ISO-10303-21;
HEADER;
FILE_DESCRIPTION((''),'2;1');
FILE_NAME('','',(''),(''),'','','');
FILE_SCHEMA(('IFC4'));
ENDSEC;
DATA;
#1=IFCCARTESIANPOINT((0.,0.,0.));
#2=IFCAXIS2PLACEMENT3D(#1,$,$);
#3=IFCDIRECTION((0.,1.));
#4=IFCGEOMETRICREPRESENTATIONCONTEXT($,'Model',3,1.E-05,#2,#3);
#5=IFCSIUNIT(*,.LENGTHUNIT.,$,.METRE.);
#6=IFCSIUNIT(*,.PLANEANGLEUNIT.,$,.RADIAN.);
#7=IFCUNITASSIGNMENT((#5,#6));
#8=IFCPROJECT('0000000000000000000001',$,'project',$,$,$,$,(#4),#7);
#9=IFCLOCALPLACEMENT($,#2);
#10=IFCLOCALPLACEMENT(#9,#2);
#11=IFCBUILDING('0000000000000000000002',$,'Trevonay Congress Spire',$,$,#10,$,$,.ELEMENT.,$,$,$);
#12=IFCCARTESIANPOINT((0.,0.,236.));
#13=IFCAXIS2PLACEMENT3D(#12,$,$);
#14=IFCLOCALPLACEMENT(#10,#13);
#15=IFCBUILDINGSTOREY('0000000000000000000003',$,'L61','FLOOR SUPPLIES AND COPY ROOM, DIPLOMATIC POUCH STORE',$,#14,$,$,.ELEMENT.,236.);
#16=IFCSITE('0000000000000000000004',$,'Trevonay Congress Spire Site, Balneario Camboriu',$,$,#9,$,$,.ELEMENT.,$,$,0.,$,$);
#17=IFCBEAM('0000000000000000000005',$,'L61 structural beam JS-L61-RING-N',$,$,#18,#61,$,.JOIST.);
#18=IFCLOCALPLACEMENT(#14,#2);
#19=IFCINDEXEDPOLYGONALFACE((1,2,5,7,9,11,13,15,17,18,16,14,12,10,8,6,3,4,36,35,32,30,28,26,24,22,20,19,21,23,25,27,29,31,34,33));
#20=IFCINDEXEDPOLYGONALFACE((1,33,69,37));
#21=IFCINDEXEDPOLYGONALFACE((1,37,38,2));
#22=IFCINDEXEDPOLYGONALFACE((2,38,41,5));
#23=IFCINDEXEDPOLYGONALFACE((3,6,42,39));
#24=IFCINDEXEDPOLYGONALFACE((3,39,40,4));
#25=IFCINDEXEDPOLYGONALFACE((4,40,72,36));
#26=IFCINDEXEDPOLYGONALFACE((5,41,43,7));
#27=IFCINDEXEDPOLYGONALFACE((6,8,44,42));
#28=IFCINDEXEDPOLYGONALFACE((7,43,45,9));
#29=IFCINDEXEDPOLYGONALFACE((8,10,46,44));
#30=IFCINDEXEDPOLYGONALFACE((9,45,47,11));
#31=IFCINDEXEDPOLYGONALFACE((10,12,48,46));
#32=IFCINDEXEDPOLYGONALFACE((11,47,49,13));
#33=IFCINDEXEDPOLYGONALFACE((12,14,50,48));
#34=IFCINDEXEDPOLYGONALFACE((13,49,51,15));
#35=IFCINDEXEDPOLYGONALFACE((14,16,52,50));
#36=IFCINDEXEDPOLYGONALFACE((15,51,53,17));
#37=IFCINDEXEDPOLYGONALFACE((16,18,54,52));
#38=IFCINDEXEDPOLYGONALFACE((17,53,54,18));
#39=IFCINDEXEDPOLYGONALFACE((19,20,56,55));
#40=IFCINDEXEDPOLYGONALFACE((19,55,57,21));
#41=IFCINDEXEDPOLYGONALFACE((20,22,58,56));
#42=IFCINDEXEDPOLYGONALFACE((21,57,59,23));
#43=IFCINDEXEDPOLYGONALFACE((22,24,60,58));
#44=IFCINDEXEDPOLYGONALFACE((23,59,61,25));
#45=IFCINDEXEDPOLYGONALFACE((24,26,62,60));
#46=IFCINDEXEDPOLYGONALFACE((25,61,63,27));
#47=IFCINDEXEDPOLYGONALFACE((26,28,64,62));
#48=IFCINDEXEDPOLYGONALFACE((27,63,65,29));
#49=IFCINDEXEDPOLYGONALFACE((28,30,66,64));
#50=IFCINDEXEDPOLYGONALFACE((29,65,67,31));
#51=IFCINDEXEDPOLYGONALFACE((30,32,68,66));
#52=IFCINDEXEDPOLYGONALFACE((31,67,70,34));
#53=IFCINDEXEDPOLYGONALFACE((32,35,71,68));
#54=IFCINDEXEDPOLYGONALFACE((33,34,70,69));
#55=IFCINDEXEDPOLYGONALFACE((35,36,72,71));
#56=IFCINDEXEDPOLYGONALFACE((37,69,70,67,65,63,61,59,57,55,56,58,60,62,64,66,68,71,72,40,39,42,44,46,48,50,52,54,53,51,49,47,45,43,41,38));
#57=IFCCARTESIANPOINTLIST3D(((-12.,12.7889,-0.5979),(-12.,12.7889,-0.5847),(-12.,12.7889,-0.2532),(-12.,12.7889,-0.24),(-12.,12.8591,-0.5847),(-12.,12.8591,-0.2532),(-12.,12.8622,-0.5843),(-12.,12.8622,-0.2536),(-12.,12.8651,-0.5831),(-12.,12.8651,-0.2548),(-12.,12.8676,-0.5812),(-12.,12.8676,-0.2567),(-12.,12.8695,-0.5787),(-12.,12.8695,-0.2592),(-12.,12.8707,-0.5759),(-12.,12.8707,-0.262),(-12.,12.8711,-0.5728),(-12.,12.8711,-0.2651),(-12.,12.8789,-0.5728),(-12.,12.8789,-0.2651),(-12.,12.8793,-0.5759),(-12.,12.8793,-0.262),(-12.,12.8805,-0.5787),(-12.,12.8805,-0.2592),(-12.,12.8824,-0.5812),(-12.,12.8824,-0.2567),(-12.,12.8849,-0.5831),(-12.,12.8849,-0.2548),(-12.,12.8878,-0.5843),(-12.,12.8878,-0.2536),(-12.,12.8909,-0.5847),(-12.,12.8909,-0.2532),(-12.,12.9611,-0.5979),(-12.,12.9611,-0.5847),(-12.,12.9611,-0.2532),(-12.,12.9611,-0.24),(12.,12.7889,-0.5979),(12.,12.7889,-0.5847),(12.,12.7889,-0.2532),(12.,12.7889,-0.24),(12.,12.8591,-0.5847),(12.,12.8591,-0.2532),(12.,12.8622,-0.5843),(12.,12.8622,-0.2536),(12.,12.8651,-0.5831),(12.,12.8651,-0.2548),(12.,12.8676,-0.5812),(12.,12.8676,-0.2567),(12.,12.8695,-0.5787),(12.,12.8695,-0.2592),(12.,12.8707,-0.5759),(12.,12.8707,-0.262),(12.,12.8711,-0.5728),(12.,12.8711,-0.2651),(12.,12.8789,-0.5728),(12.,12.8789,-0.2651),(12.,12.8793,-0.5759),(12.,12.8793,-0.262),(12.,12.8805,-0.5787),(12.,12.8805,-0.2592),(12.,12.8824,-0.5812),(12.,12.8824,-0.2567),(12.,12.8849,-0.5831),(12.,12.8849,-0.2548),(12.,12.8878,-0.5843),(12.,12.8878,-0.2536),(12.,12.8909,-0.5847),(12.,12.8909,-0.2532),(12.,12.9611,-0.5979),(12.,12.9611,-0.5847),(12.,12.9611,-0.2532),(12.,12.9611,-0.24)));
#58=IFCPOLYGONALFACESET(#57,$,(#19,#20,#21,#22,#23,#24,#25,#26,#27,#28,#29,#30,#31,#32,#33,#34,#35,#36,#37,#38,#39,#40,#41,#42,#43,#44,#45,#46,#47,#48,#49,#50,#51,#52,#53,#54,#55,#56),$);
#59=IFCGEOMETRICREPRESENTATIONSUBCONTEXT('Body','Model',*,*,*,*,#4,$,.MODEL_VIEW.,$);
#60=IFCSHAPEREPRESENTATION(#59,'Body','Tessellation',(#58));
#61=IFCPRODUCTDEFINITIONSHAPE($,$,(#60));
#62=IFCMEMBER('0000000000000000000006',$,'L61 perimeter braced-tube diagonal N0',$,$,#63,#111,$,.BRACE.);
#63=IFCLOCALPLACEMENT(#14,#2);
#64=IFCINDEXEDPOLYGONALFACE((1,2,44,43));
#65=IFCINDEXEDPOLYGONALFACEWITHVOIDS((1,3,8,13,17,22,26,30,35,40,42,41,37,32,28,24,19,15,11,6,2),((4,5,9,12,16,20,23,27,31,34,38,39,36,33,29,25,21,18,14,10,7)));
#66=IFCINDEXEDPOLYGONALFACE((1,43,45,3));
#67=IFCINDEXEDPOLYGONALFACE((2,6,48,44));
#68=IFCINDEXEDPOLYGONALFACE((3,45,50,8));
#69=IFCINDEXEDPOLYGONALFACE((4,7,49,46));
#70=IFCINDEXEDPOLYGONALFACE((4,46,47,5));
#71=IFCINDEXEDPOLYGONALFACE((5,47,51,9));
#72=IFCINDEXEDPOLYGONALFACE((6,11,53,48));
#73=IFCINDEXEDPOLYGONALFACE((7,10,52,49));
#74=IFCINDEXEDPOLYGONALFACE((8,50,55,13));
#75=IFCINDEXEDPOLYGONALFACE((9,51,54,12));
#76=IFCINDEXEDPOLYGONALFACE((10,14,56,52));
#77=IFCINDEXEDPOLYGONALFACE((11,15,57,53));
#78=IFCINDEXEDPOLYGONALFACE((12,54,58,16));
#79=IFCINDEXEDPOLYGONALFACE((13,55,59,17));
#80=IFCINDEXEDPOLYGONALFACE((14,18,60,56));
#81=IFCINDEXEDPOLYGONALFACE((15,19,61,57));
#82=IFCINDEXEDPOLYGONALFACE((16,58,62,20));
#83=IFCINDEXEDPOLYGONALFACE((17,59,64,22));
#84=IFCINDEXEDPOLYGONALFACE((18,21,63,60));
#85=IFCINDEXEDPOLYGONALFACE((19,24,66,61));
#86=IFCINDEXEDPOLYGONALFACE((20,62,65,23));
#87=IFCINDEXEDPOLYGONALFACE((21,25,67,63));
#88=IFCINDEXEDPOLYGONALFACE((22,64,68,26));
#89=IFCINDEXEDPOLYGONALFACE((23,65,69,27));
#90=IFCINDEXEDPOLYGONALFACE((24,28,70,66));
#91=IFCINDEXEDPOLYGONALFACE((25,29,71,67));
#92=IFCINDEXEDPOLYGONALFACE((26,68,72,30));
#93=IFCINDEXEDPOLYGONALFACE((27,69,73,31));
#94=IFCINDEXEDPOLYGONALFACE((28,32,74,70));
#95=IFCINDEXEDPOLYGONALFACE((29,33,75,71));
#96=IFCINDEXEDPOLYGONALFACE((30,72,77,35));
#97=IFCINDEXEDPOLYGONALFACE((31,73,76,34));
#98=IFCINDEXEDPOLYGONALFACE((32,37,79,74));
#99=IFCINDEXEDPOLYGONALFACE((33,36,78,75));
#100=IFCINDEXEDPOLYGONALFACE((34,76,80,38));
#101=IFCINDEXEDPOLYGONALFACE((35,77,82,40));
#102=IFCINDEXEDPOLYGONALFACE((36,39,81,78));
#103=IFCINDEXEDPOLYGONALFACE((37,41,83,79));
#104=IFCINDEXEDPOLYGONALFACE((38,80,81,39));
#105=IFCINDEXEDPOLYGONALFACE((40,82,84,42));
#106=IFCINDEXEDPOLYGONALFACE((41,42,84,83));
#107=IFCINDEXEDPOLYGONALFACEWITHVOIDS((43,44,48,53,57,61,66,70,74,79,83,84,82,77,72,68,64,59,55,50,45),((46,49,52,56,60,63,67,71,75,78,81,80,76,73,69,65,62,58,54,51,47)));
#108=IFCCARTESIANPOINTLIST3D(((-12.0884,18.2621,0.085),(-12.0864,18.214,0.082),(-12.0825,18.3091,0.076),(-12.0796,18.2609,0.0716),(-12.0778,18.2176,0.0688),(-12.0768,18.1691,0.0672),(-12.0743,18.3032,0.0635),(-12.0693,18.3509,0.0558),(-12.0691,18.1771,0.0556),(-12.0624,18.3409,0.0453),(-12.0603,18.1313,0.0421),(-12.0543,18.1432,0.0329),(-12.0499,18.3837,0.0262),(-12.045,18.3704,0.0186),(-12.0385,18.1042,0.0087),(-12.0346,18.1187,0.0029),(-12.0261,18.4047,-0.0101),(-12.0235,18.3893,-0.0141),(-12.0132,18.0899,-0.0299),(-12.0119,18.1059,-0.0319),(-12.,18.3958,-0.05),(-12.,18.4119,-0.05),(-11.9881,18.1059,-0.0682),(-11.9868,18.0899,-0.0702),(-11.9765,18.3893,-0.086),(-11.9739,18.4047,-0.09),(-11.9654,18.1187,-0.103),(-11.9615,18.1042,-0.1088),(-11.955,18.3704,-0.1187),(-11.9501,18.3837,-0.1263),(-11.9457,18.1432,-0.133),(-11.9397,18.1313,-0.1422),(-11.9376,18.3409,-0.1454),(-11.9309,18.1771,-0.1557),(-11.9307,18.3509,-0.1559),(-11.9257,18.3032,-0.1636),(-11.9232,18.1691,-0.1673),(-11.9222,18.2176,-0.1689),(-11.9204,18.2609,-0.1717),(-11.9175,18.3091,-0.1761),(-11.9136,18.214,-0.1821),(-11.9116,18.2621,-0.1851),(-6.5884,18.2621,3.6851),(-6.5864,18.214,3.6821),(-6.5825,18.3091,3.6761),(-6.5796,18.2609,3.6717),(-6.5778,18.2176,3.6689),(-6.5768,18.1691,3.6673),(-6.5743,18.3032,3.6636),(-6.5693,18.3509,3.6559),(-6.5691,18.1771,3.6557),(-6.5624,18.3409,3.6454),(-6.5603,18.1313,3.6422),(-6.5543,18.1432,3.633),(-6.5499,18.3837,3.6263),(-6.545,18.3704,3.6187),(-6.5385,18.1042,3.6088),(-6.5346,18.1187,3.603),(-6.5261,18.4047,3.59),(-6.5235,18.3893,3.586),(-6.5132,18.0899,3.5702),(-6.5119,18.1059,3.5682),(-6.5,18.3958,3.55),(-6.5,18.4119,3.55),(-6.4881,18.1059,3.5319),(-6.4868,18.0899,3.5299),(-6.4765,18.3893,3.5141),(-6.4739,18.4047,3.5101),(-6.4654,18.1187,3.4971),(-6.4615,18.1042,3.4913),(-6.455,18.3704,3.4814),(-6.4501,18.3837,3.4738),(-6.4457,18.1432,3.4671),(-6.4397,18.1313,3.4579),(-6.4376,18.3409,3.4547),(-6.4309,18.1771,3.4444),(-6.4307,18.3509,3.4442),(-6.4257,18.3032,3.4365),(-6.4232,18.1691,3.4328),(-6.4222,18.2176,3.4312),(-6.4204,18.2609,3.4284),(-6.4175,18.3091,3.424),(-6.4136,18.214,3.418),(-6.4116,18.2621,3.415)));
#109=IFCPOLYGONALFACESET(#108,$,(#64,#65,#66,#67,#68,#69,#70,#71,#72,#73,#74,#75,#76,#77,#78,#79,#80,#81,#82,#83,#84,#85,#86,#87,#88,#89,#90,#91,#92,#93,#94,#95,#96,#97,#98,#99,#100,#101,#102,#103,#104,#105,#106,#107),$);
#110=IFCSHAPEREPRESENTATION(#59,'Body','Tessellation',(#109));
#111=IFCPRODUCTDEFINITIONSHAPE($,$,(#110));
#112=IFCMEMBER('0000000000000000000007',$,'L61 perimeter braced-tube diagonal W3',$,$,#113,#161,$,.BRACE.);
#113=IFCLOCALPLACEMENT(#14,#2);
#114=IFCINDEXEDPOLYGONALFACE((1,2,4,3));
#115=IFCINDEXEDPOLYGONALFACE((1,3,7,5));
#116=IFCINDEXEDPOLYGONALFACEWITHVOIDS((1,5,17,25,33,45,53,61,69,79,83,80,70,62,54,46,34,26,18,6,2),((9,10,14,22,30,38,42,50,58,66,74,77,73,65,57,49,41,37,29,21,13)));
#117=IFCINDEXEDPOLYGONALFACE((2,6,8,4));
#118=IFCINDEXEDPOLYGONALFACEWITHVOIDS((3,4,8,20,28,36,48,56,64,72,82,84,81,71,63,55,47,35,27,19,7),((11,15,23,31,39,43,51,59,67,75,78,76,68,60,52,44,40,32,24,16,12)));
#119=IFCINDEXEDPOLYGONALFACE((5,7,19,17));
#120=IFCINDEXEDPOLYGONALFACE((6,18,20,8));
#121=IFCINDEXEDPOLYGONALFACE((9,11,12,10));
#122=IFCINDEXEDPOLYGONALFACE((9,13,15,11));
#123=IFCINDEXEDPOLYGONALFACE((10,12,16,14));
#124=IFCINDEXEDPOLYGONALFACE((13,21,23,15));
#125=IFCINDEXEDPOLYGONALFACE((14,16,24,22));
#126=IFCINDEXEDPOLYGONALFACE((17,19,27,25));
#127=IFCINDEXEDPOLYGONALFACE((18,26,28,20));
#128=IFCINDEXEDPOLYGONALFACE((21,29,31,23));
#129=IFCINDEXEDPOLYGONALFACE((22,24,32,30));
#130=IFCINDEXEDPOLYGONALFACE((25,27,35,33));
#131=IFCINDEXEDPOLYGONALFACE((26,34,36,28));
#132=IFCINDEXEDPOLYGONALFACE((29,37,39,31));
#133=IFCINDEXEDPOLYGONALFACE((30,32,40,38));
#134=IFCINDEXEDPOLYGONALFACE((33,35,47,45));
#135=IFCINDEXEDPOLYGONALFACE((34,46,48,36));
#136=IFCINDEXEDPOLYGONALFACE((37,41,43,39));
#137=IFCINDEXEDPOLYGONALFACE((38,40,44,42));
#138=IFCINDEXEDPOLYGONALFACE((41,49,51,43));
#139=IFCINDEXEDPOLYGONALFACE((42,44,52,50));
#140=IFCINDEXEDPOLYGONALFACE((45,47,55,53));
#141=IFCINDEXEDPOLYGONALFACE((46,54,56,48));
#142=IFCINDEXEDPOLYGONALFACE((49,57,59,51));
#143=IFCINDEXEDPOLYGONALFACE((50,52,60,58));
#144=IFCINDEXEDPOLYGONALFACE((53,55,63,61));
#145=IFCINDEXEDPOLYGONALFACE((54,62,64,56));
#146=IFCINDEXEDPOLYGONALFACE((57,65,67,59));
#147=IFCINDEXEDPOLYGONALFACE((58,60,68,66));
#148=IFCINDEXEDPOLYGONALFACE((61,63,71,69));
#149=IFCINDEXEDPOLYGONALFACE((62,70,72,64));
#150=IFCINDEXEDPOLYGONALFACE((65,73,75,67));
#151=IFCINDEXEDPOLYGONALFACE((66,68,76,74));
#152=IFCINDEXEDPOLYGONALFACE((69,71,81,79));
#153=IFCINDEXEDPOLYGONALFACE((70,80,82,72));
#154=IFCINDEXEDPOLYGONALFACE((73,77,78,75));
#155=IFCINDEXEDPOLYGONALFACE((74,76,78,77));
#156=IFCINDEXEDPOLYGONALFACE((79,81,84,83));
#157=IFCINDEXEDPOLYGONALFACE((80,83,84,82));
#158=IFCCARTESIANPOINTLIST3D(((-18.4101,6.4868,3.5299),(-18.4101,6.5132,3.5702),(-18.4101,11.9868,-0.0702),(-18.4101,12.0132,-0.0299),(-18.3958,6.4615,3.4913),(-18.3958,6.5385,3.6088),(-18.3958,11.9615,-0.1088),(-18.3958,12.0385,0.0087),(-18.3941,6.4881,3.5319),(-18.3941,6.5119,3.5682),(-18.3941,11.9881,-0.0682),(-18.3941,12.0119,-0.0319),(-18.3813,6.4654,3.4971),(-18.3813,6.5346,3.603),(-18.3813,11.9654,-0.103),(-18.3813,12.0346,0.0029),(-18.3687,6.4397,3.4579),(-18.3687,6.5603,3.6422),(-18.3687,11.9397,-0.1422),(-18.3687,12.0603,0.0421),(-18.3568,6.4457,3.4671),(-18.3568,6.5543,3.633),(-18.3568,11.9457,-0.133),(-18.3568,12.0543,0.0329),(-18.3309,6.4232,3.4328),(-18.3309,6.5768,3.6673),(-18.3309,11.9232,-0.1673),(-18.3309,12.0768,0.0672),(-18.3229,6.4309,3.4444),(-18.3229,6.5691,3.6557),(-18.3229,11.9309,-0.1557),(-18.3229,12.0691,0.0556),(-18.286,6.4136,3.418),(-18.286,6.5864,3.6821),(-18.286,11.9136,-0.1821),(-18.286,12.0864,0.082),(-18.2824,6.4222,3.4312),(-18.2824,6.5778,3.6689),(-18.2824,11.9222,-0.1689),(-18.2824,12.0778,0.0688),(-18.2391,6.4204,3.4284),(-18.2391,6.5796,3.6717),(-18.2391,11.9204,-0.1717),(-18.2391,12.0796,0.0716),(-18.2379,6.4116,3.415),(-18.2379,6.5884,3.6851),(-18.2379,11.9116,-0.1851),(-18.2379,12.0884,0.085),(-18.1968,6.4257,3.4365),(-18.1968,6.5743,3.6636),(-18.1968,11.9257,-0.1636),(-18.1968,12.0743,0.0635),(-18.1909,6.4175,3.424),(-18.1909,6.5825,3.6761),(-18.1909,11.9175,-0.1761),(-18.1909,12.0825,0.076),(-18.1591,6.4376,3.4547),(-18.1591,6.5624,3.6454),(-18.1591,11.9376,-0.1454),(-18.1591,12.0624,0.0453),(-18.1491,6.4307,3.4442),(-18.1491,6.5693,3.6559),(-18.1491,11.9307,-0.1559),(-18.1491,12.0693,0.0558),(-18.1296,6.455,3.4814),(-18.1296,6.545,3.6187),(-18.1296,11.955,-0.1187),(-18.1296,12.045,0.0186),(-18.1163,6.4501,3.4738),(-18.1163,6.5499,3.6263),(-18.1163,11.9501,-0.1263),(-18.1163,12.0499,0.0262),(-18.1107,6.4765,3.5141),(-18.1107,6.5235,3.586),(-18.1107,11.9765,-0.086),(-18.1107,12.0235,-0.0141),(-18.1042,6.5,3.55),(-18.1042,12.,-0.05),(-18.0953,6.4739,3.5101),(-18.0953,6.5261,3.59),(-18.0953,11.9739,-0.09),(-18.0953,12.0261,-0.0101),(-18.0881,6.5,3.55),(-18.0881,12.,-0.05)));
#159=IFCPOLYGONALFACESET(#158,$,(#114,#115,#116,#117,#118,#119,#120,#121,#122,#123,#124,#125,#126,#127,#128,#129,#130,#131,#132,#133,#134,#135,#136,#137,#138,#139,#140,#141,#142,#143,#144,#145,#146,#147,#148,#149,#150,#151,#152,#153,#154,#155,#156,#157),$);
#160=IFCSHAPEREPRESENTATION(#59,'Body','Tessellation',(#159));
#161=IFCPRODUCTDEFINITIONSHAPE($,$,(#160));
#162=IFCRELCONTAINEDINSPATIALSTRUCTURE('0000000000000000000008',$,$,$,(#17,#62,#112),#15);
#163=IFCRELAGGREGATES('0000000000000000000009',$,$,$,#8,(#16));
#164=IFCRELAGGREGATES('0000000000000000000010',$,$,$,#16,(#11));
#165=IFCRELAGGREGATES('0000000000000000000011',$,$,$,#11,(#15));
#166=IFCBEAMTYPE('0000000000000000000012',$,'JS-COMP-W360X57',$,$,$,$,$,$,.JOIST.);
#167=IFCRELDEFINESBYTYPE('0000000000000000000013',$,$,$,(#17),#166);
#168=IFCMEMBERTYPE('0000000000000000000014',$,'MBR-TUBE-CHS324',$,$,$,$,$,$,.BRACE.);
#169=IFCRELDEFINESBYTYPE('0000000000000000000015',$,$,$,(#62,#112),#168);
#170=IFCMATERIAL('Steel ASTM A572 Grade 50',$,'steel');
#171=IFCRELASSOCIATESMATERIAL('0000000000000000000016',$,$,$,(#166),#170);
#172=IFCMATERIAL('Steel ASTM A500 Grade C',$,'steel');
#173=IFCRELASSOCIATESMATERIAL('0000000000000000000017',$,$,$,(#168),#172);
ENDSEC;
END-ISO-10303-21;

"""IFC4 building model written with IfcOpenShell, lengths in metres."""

from ifc_helpers import new_model, si_unit, direction, frame, origin, origin_2d, place, context, subcontext, project, spatial, hollow_circle, i_section, extrude, material, material_profile, profile_set, type_object, element, save


model = new_model("IFC4")

# Units and contexts
model_context = context("Model", 3, precision=1e-05, world=origin(), true_north=direction((0.0, 1.0)))
body_context = subcontext(model_context, "Body", "Model", "MODEL_VIEW")
ifc_project = project(units=[si_unit("LENGTHUNIT", "METRE"), si_unit("PLANEANGLEUNIT", "RADIAN")], contexts=[model_context])

# Site, building, storey
site_placement = place(None, origin())
site = spatial("IfcSite", under=ifc_project, at=site_placement, Name="Trevonay Congress Spire Site, Balneario Camboriu", CompositionType="ELEMENT", RefElevation=0.0)
building_placement = place(site_placement, origin())
building = spatial("IfcBuilding", under=site, at=building_placement, Name="Trevonay Congress Spire", CompositionType="ELEMENT")
storey_placement = place(building_placement, frame((0.0, 0.0, 236.0)))
storey = spatial("IfcBuildingStorey", under=building, at=storey_placement, Name="L61", Description="FLOOR SUPPLIES AND COPY ROOM, DIPLOMATIC POUCH STORE", CompositionType="ELEMENT", Elevation=236.0)

# Shared definitions
ifc_material_1 = material(Name="Steel ASTM A572 Grade 50", Category="steel")

# Beam
ifc_material_profile_1 = material_profile(ifc_material_1, i_section(OverallWidth=0.1721, OverallDepth=0.3579, WebThickness=0.0078, FlangeThickness=0.0132, FilletRadius=0.012, at=origin_2d()), Name="W360x57.8")
ifc_profile_set_1 = profile_set([ifc_material_profile_1], Name="Steel ASTM A572 Grade 50")
beam_type_1 = type_object("IfcBeamType", Name="JS-COMP-W360X57", PredefinedType="JOIST", material=ifc_profile_set_1)
beam_1_placement = place(storey_placement, frame((-12.0, 12.875, -0.4189), z_axis=(1.0, 0.0, 0.0), x_axis=(0.0, 1.0, 0.0)))
element("IfcBeam", 1, at=beam_1_placement, inside=storey, type_object=beam_type_1, Name="L61 structural beam JS-L61-RING-N", PredefinedType="JOIST", context=body_context, shape_type="SweptSolid", body=[
    extrude(i_section(OverallWidth=0.1721, OverallDepth=0.3579, WebThickness=0.0078, FlangeThickness=0.0132, FilletRadius=0.012, at=origin_2d()), origin(), (0.0, 0.0, 1.0), 24.0),
])

# Members
ifc_material_2 = material(Name="Steel ASTM A500 Grade C", Category="steel")
ifc_material_profile_2 = material_profile(ifc_material_2, hollow_circle(Radius=0.1619, WallThickness=0.0161, at=origin_2d()), Name="CHS 323.9x16")
ifc_profile_set_2 = profile_set([ifc_material_profile_2], Name="Steel ASTM A500 Grade C")
member_type = type_object("IfcMemberType", Name="MBR-TUBE-CHS324", PredefinedType="BRACE", material=ifc_profile_set_2)
for number, where, z_axis, x_axis, name in (
    (2, (-12.0, 18.25, -0.05), (0.836695, 0.0, 0.54767), (0.0, 1.0, 0.0), "L61 perimeter braced-tube diagonal N0"),
    (3, (-18.25, 12.0, -0.05), (0.0, -0.836695, 0.54767), (1.0, 0.0, 0.0), "L61 perimeter braced-tube diagonal W3"),
):
    element("IfcMember", number, at=place(storey_placement, frame(where, z_axis=z_axis, x_axis=x_axis)), inside=storey, type_object=member_type, Name=name, PredefinedType="BRACE", context=body_context, shape_type="SweptSolid", body=[
        extrude(hollow_circle(Radius=0.1619, WallThickness=0.0161, at=origin_2d()), origin(), (0.0, 0.0, 1.0), 6.5735),
    ])

save(model, "model.ifc")
